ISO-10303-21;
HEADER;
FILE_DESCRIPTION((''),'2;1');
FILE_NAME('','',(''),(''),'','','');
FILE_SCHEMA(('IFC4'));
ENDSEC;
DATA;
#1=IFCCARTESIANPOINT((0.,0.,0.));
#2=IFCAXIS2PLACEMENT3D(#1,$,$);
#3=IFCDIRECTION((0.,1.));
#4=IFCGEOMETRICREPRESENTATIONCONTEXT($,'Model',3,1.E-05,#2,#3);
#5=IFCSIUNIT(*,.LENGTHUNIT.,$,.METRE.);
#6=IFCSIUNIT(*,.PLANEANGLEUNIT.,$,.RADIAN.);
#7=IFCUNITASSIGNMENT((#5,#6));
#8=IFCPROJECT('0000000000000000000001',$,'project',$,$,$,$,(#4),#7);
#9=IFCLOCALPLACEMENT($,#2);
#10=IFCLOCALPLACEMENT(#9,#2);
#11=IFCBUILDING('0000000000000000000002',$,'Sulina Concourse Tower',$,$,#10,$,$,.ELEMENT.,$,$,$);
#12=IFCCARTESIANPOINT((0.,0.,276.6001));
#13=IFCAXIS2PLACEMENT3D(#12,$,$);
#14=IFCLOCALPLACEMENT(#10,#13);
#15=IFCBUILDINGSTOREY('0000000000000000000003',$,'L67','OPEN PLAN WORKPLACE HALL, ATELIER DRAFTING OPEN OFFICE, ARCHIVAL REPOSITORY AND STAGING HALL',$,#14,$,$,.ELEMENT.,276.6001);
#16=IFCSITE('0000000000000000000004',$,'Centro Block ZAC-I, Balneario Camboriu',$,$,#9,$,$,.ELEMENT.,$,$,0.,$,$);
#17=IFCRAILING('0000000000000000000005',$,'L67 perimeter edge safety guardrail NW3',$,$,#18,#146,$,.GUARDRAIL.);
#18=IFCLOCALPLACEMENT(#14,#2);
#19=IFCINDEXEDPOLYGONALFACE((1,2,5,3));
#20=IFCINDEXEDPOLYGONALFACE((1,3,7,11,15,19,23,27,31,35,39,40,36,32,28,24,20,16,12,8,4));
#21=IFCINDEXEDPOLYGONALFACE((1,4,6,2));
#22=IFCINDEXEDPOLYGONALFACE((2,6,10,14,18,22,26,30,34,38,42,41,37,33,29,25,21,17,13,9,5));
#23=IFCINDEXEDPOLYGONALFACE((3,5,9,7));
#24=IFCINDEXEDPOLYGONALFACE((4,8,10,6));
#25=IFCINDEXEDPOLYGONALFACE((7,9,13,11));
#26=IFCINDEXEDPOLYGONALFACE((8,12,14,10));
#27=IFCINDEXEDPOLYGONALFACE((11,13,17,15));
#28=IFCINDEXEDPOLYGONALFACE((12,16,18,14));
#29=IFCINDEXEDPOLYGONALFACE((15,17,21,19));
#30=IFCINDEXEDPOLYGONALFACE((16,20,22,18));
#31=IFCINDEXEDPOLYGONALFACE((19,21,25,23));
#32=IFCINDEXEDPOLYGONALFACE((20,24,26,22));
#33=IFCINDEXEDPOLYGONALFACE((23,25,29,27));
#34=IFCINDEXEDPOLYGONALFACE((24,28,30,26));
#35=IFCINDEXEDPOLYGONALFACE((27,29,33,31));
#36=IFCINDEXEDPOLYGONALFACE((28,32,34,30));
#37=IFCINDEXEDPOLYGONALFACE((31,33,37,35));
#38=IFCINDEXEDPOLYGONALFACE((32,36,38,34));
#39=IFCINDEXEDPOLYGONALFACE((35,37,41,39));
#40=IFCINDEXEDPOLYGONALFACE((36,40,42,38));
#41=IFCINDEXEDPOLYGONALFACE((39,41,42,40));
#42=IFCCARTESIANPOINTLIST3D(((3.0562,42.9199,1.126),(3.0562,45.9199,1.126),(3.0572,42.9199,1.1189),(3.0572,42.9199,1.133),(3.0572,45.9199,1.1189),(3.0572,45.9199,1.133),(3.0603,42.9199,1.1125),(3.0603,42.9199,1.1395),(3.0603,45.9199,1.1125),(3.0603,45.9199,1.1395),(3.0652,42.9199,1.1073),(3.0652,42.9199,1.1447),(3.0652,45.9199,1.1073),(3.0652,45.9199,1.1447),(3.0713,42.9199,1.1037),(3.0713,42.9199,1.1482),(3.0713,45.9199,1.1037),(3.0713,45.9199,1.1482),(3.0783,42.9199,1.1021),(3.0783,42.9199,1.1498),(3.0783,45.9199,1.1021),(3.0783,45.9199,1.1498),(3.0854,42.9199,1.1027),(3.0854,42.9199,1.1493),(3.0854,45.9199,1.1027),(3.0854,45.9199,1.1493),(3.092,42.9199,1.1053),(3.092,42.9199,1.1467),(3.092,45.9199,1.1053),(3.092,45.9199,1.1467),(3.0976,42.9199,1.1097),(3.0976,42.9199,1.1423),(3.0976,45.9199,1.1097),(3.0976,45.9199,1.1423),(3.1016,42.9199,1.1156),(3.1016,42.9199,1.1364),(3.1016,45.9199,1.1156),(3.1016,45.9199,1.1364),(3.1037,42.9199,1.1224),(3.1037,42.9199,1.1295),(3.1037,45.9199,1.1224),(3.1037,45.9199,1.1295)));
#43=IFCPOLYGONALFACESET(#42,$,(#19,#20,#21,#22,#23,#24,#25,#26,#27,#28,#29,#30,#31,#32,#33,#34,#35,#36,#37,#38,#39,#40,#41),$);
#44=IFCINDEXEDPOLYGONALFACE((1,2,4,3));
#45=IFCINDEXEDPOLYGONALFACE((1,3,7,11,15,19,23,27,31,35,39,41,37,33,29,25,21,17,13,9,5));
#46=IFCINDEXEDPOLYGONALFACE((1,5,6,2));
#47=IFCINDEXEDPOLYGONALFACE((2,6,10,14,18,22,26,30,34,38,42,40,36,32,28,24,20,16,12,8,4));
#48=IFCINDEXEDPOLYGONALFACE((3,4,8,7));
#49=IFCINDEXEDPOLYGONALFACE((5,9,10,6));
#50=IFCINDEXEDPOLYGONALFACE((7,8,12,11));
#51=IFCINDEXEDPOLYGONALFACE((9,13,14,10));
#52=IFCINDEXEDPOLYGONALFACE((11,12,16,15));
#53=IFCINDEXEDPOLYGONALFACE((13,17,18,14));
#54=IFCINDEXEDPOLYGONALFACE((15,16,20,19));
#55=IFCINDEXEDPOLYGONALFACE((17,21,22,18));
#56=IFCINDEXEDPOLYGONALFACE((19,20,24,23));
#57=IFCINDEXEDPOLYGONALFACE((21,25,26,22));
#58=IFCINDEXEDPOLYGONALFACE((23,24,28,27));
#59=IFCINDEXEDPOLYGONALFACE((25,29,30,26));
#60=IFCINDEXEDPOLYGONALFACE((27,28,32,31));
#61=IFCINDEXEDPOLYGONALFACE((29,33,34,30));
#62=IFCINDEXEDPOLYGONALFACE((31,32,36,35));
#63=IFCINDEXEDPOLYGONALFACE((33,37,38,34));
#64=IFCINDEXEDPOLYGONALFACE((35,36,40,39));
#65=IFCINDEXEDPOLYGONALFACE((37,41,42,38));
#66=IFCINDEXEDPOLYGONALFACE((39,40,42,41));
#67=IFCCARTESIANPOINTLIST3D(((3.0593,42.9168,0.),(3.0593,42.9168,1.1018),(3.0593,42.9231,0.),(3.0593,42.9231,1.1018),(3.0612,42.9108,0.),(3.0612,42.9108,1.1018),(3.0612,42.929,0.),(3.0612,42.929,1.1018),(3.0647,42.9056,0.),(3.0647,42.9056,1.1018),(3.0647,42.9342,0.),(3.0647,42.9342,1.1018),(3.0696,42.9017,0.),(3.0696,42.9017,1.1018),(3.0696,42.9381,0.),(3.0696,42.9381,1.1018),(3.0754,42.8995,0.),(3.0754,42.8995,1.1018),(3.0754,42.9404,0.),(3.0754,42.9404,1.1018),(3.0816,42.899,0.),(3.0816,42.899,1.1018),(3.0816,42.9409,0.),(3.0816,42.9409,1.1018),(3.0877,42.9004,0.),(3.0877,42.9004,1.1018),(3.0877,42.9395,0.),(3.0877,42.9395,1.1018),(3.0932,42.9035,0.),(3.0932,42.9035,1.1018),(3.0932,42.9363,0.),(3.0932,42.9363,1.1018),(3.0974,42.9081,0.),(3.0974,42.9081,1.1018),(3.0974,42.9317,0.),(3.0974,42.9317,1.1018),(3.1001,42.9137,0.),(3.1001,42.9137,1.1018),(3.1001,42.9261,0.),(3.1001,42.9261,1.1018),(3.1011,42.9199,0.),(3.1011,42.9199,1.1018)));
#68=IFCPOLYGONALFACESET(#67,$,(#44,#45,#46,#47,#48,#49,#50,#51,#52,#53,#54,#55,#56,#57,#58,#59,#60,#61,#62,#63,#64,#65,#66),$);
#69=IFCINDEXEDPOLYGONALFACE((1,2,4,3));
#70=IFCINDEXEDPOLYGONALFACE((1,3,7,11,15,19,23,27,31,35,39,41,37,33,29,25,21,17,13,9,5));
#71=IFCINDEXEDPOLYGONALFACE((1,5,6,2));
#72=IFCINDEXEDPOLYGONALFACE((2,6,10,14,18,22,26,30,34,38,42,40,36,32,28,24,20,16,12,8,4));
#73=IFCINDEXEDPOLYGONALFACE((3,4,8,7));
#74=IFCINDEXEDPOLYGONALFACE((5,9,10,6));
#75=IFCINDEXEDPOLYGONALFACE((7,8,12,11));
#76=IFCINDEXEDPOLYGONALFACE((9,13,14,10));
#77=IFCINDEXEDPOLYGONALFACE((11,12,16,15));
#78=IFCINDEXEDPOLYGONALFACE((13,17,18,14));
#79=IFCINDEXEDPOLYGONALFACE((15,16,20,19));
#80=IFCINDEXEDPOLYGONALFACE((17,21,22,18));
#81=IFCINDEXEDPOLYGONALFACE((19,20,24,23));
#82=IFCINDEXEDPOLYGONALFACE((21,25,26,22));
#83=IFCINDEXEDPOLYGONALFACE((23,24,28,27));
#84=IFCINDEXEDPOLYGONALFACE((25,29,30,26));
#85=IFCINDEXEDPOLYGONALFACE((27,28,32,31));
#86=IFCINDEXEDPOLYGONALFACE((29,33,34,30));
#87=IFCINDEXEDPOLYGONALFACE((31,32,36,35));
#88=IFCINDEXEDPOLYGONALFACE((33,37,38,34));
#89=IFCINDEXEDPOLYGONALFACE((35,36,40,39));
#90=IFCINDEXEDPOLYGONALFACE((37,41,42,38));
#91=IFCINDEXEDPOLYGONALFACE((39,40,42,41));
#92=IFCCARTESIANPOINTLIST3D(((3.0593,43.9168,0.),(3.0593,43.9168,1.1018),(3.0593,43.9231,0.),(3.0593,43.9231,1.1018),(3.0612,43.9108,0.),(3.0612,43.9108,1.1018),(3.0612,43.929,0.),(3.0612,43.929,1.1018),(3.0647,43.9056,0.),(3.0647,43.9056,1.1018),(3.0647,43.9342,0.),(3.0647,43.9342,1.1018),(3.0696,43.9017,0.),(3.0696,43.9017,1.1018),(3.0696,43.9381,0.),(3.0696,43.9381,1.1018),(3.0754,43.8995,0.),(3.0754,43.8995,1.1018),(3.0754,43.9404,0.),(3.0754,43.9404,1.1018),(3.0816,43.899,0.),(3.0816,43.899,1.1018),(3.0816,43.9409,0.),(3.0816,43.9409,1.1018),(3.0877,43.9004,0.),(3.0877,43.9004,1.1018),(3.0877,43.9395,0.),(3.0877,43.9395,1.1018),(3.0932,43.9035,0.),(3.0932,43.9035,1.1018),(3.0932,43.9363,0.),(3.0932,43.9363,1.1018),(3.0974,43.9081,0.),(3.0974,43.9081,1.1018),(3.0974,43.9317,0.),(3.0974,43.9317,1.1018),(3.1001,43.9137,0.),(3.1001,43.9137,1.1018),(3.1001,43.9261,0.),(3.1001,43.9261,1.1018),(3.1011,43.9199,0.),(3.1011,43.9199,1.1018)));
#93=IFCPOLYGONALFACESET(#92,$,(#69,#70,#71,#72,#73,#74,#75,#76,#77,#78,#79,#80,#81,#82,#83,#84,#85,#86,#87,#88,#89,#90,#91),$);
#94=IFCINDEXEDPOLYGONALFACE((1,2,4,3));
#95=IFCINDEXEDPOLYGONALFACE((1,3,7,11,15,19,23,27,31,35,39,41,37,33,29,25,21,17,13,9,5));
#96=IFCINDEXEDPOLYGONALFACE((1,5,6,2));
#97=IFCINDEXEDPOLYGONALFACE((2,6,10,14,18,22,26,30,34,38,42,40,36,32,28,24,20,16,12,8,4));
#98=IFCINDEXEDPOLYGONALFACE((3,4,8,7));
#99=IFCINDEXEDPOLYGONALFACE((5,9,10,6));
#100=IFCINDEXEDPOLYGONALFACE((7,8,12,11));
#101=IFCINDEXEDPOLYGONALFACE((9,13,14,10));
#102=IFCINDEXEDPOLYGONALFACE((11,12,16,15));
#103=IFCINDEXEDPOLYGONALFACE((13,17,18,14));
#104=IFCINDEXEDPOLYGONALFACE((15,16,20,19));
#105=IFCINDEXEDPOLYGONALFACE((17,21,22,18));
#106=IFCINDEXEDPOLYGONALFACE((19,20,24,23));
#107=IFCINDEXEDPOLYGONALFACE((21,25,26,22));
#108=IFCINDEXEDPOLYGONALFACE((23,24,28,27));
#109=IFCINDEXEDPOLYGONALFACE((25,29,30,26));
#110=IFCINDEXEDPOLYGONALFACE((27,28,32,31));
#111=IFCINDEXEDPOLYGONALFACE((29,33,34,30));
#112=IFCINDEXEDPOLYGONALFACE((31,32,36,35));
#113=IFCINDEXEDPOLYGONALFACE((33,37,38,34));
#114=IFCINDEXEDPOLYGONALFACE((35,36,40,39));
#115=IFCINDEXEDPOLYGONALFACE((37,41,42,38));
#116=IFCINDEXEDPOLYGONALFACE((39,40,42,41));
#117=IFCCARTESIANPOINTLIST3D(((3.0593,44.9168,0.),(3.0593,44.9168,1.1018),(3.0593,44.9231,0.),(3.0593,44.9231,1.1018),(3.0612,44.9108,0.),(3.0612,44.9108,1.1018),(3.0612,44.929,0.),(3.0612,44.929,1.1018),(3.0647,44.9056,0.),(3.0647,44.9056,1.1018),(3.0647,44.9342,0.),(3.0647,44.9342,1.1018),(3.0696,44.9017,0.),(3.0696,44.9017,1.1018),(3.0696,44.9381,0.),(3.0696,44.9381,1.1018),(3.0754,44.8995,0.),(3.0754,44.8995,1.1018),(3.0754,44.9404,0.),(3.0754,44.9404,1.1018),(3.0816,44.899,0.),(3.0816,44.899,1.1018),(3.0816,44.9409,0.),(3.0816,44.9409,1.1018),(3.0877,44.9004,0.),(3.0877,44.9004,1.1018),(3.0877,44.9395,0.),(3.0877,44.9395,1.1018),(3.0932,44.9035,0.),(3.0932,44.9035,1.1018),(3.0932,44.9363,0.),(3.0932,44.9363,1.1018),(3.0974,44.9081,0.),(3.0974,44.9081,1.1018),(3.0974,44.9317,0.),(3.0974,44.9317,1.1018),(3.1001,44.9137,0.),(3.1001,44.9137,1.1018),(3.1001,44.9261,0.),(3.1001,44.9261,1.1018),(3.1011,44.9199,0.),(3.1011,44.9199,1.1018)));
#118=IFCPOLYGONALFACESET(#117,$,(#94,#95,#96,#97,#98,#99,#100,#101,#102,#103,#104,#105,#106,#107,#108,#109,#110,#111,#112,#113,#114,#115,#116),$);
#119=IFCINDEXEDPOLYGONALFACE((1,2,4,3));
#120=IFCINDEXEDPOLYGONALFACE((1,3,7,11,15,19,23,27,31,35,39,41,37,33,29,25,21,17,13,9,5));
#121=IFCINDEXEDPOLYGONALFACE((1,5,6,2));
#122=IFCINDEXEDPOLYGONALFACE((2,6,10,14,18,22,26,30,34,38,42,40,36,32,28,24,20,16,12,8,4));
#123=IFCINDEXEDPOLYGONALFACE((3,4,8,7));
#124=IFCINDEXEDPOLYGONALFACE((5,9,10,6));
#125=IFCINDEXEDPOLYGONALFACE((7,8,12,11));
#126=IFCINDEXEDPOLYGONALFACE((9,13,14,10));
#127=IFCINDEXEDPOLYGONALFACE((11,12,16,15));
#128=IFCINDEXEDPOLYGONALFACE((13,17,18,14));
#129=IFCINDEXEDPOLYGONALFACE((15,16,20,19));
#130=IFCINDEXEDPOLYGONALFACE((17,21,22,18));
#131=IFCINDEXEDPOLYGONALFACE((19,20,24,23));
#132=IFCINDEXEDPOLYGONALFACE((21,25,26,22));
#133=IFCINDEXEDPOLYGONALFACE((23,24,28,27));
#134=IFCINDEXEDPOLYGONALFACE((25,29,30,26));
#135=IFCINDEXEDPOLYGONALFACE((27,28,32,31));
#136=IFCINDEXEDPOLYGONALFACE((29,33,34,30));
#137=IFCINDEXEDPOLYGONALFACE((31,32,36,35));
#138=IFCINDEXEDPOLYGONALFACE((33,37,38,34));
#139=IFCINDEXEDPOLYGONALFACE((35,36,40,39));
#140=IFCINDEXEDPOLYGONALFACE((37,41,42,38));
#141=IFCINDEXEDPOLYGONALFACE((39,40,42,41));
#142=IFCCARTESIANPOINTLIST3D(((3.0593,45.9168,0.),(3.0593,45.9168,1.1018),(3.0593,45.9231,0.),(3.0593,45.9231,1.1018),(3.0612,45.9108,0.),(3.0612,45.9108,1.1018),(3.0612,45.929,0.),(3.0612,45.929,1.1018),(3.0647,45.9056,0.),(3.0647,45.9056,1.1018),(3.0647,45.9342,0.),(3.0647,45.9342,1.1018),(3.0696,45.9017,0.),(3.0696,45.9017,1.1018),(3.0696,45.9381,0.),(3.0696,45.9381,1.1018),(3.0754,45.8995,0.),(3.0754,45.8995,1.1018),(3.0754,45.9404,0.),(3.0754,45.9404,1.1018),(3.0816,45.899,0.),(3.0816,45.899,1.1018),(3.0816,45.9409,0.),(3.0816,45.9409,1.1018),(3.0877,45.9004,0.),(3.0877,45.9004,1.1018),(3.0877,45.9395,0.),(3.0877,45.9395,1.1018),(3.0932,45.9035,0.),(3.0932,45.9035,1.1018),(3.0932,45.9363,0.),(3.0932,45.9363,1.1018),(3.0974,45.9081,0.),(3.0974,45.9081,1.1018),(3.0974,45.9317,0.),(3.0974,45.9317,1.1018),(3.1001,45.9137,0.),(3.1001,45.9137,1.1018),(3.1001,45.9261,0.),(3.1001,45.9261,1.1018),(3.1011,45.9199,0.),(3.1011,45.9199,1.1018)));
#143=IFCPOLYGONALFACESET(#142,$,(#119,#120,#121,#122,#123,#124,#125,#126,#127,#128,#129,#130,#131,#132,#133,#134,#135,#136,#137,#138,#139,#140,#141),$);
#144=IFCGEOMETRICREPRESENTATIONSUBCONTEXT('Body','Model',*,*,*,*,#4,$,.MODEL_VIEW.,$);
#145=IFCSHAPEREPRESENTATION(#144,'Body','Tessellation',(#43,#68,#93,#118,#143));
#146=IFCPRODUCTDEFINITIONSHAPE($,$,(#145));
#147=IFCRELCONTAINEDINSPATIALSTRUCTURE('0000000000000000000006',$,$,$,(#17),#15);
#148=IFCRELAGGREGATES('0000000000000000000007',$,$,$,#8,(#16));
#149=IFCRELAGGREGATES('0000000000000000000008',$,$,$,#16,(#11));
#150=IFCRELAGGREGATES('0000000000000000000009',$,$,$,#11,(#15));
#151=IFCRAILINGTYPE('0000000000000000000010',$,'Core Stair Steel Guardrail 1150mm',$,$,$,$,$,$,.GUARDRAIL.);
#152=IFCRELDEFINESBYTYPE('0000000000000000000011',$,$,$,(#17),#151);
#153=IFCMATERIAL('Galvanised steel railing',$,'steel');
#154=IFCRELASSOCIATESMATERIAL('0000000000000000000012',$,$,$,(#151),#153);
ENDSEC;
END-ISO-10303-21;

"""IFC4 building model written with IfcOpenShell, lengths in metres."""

from ifc_helpers import new_model, si_unit, direction, frame, origin, origin_2d, place, context, subcontext, project, spatial, circle, extrude, material, type_object, element, save


model = new_model("IFC4")

# Units and contexts
model_context = context("Model", 3, precision=1e-05, world=origin(), true_north=direction((0.0, 1.0)))
body_context = subcontext(model_context, "Body", "Model", "MODEL_VIEW")
ifc_project = project(units=[si_unit("LENGTHUNIT", "METRE"), si_unit("PLANEANGLEUNIT", "RADIAN")], contexts=[model_context])

# Site, building, storey
site_placement = place(None, origin())
site = spatial("IfcSite", under=ifc_project, at=site_placement, Name="Centro Block ZAC-I, Balneario Camboriu", CompositionType="ELEMENT", RefElevation=0.0)
building_placement = place(site_placement, origin())
building = spatial("IfcBuilding", under=site, at=building_placement, Name="Sulina Concourse Tower", CompositionType="ELEMENT")
storey_placement = place(building_placement, frame((0.0, 0.0, 276.6001)))
storey = spatial("IfcBuildingStorey", under=building, at=storey_placement, Name="L67", Description="OPEN PLAN WORKPLACE HALL, ATELIER DRAFTING OPEN OFFICE, ARCHIVAL REPOSITORY AND STAGING HALL", CompositionType="ELEMENT", Elevation=276.6001)

# Railing
ifc_material_1 = material(Name="Galvanised steel railing", Category="steel")
railing_type_1 = type_object("IfcRailingType", Name="Core Stair Steel Guardrail 1150mm", PredefinedType="GUARDRAIL", material=ifc_material_1)
railing_1_placement = place(storey_placement, frame((3.0801, 42.9199, 0.0)))
element("IfcRailing", 1, at=railing_1_placement, inside=storey, type_object=railing_type_1, Name="L67 perimeter edge safety guardrail NW3", PredefinedType="GUARDRAIL", context=body_context, shape_type="SweptSolid", body=[
    extrude(circle(Radius=0.0239, at=origin_2d()), frame((0.0, 0.0, 1.126), z_axis=(0.0, 1.0, 0.0), x_axis=(-1.0, 0.0, 0.0)), (0.0, 0.0, 1.0), 3.0),
    extrude(circle(Radius=0.021, at=origin_2d()), origin(), (0.0, 0.0, 1.0), 1.1018),
    extrude(circle(Radius=0.021, at=origin_2d()), frame((0.0, 1.0, 0.0)), (0.0, 0.0, 1.0), 1.1018),
    extrude(circle(Radius=0.021, at=origin_2d()), frame((0.0, 2.0, 0.0)), (0.0, 0.0, 1.0), 1.1018),
    extrude(circle(Radius=0.021, at=origin_2d()), frame((0.0, 3.0, 0.0)), (0.0, 0.0, 1.0), 1.1018),
])

save(model, "model.ifc")
